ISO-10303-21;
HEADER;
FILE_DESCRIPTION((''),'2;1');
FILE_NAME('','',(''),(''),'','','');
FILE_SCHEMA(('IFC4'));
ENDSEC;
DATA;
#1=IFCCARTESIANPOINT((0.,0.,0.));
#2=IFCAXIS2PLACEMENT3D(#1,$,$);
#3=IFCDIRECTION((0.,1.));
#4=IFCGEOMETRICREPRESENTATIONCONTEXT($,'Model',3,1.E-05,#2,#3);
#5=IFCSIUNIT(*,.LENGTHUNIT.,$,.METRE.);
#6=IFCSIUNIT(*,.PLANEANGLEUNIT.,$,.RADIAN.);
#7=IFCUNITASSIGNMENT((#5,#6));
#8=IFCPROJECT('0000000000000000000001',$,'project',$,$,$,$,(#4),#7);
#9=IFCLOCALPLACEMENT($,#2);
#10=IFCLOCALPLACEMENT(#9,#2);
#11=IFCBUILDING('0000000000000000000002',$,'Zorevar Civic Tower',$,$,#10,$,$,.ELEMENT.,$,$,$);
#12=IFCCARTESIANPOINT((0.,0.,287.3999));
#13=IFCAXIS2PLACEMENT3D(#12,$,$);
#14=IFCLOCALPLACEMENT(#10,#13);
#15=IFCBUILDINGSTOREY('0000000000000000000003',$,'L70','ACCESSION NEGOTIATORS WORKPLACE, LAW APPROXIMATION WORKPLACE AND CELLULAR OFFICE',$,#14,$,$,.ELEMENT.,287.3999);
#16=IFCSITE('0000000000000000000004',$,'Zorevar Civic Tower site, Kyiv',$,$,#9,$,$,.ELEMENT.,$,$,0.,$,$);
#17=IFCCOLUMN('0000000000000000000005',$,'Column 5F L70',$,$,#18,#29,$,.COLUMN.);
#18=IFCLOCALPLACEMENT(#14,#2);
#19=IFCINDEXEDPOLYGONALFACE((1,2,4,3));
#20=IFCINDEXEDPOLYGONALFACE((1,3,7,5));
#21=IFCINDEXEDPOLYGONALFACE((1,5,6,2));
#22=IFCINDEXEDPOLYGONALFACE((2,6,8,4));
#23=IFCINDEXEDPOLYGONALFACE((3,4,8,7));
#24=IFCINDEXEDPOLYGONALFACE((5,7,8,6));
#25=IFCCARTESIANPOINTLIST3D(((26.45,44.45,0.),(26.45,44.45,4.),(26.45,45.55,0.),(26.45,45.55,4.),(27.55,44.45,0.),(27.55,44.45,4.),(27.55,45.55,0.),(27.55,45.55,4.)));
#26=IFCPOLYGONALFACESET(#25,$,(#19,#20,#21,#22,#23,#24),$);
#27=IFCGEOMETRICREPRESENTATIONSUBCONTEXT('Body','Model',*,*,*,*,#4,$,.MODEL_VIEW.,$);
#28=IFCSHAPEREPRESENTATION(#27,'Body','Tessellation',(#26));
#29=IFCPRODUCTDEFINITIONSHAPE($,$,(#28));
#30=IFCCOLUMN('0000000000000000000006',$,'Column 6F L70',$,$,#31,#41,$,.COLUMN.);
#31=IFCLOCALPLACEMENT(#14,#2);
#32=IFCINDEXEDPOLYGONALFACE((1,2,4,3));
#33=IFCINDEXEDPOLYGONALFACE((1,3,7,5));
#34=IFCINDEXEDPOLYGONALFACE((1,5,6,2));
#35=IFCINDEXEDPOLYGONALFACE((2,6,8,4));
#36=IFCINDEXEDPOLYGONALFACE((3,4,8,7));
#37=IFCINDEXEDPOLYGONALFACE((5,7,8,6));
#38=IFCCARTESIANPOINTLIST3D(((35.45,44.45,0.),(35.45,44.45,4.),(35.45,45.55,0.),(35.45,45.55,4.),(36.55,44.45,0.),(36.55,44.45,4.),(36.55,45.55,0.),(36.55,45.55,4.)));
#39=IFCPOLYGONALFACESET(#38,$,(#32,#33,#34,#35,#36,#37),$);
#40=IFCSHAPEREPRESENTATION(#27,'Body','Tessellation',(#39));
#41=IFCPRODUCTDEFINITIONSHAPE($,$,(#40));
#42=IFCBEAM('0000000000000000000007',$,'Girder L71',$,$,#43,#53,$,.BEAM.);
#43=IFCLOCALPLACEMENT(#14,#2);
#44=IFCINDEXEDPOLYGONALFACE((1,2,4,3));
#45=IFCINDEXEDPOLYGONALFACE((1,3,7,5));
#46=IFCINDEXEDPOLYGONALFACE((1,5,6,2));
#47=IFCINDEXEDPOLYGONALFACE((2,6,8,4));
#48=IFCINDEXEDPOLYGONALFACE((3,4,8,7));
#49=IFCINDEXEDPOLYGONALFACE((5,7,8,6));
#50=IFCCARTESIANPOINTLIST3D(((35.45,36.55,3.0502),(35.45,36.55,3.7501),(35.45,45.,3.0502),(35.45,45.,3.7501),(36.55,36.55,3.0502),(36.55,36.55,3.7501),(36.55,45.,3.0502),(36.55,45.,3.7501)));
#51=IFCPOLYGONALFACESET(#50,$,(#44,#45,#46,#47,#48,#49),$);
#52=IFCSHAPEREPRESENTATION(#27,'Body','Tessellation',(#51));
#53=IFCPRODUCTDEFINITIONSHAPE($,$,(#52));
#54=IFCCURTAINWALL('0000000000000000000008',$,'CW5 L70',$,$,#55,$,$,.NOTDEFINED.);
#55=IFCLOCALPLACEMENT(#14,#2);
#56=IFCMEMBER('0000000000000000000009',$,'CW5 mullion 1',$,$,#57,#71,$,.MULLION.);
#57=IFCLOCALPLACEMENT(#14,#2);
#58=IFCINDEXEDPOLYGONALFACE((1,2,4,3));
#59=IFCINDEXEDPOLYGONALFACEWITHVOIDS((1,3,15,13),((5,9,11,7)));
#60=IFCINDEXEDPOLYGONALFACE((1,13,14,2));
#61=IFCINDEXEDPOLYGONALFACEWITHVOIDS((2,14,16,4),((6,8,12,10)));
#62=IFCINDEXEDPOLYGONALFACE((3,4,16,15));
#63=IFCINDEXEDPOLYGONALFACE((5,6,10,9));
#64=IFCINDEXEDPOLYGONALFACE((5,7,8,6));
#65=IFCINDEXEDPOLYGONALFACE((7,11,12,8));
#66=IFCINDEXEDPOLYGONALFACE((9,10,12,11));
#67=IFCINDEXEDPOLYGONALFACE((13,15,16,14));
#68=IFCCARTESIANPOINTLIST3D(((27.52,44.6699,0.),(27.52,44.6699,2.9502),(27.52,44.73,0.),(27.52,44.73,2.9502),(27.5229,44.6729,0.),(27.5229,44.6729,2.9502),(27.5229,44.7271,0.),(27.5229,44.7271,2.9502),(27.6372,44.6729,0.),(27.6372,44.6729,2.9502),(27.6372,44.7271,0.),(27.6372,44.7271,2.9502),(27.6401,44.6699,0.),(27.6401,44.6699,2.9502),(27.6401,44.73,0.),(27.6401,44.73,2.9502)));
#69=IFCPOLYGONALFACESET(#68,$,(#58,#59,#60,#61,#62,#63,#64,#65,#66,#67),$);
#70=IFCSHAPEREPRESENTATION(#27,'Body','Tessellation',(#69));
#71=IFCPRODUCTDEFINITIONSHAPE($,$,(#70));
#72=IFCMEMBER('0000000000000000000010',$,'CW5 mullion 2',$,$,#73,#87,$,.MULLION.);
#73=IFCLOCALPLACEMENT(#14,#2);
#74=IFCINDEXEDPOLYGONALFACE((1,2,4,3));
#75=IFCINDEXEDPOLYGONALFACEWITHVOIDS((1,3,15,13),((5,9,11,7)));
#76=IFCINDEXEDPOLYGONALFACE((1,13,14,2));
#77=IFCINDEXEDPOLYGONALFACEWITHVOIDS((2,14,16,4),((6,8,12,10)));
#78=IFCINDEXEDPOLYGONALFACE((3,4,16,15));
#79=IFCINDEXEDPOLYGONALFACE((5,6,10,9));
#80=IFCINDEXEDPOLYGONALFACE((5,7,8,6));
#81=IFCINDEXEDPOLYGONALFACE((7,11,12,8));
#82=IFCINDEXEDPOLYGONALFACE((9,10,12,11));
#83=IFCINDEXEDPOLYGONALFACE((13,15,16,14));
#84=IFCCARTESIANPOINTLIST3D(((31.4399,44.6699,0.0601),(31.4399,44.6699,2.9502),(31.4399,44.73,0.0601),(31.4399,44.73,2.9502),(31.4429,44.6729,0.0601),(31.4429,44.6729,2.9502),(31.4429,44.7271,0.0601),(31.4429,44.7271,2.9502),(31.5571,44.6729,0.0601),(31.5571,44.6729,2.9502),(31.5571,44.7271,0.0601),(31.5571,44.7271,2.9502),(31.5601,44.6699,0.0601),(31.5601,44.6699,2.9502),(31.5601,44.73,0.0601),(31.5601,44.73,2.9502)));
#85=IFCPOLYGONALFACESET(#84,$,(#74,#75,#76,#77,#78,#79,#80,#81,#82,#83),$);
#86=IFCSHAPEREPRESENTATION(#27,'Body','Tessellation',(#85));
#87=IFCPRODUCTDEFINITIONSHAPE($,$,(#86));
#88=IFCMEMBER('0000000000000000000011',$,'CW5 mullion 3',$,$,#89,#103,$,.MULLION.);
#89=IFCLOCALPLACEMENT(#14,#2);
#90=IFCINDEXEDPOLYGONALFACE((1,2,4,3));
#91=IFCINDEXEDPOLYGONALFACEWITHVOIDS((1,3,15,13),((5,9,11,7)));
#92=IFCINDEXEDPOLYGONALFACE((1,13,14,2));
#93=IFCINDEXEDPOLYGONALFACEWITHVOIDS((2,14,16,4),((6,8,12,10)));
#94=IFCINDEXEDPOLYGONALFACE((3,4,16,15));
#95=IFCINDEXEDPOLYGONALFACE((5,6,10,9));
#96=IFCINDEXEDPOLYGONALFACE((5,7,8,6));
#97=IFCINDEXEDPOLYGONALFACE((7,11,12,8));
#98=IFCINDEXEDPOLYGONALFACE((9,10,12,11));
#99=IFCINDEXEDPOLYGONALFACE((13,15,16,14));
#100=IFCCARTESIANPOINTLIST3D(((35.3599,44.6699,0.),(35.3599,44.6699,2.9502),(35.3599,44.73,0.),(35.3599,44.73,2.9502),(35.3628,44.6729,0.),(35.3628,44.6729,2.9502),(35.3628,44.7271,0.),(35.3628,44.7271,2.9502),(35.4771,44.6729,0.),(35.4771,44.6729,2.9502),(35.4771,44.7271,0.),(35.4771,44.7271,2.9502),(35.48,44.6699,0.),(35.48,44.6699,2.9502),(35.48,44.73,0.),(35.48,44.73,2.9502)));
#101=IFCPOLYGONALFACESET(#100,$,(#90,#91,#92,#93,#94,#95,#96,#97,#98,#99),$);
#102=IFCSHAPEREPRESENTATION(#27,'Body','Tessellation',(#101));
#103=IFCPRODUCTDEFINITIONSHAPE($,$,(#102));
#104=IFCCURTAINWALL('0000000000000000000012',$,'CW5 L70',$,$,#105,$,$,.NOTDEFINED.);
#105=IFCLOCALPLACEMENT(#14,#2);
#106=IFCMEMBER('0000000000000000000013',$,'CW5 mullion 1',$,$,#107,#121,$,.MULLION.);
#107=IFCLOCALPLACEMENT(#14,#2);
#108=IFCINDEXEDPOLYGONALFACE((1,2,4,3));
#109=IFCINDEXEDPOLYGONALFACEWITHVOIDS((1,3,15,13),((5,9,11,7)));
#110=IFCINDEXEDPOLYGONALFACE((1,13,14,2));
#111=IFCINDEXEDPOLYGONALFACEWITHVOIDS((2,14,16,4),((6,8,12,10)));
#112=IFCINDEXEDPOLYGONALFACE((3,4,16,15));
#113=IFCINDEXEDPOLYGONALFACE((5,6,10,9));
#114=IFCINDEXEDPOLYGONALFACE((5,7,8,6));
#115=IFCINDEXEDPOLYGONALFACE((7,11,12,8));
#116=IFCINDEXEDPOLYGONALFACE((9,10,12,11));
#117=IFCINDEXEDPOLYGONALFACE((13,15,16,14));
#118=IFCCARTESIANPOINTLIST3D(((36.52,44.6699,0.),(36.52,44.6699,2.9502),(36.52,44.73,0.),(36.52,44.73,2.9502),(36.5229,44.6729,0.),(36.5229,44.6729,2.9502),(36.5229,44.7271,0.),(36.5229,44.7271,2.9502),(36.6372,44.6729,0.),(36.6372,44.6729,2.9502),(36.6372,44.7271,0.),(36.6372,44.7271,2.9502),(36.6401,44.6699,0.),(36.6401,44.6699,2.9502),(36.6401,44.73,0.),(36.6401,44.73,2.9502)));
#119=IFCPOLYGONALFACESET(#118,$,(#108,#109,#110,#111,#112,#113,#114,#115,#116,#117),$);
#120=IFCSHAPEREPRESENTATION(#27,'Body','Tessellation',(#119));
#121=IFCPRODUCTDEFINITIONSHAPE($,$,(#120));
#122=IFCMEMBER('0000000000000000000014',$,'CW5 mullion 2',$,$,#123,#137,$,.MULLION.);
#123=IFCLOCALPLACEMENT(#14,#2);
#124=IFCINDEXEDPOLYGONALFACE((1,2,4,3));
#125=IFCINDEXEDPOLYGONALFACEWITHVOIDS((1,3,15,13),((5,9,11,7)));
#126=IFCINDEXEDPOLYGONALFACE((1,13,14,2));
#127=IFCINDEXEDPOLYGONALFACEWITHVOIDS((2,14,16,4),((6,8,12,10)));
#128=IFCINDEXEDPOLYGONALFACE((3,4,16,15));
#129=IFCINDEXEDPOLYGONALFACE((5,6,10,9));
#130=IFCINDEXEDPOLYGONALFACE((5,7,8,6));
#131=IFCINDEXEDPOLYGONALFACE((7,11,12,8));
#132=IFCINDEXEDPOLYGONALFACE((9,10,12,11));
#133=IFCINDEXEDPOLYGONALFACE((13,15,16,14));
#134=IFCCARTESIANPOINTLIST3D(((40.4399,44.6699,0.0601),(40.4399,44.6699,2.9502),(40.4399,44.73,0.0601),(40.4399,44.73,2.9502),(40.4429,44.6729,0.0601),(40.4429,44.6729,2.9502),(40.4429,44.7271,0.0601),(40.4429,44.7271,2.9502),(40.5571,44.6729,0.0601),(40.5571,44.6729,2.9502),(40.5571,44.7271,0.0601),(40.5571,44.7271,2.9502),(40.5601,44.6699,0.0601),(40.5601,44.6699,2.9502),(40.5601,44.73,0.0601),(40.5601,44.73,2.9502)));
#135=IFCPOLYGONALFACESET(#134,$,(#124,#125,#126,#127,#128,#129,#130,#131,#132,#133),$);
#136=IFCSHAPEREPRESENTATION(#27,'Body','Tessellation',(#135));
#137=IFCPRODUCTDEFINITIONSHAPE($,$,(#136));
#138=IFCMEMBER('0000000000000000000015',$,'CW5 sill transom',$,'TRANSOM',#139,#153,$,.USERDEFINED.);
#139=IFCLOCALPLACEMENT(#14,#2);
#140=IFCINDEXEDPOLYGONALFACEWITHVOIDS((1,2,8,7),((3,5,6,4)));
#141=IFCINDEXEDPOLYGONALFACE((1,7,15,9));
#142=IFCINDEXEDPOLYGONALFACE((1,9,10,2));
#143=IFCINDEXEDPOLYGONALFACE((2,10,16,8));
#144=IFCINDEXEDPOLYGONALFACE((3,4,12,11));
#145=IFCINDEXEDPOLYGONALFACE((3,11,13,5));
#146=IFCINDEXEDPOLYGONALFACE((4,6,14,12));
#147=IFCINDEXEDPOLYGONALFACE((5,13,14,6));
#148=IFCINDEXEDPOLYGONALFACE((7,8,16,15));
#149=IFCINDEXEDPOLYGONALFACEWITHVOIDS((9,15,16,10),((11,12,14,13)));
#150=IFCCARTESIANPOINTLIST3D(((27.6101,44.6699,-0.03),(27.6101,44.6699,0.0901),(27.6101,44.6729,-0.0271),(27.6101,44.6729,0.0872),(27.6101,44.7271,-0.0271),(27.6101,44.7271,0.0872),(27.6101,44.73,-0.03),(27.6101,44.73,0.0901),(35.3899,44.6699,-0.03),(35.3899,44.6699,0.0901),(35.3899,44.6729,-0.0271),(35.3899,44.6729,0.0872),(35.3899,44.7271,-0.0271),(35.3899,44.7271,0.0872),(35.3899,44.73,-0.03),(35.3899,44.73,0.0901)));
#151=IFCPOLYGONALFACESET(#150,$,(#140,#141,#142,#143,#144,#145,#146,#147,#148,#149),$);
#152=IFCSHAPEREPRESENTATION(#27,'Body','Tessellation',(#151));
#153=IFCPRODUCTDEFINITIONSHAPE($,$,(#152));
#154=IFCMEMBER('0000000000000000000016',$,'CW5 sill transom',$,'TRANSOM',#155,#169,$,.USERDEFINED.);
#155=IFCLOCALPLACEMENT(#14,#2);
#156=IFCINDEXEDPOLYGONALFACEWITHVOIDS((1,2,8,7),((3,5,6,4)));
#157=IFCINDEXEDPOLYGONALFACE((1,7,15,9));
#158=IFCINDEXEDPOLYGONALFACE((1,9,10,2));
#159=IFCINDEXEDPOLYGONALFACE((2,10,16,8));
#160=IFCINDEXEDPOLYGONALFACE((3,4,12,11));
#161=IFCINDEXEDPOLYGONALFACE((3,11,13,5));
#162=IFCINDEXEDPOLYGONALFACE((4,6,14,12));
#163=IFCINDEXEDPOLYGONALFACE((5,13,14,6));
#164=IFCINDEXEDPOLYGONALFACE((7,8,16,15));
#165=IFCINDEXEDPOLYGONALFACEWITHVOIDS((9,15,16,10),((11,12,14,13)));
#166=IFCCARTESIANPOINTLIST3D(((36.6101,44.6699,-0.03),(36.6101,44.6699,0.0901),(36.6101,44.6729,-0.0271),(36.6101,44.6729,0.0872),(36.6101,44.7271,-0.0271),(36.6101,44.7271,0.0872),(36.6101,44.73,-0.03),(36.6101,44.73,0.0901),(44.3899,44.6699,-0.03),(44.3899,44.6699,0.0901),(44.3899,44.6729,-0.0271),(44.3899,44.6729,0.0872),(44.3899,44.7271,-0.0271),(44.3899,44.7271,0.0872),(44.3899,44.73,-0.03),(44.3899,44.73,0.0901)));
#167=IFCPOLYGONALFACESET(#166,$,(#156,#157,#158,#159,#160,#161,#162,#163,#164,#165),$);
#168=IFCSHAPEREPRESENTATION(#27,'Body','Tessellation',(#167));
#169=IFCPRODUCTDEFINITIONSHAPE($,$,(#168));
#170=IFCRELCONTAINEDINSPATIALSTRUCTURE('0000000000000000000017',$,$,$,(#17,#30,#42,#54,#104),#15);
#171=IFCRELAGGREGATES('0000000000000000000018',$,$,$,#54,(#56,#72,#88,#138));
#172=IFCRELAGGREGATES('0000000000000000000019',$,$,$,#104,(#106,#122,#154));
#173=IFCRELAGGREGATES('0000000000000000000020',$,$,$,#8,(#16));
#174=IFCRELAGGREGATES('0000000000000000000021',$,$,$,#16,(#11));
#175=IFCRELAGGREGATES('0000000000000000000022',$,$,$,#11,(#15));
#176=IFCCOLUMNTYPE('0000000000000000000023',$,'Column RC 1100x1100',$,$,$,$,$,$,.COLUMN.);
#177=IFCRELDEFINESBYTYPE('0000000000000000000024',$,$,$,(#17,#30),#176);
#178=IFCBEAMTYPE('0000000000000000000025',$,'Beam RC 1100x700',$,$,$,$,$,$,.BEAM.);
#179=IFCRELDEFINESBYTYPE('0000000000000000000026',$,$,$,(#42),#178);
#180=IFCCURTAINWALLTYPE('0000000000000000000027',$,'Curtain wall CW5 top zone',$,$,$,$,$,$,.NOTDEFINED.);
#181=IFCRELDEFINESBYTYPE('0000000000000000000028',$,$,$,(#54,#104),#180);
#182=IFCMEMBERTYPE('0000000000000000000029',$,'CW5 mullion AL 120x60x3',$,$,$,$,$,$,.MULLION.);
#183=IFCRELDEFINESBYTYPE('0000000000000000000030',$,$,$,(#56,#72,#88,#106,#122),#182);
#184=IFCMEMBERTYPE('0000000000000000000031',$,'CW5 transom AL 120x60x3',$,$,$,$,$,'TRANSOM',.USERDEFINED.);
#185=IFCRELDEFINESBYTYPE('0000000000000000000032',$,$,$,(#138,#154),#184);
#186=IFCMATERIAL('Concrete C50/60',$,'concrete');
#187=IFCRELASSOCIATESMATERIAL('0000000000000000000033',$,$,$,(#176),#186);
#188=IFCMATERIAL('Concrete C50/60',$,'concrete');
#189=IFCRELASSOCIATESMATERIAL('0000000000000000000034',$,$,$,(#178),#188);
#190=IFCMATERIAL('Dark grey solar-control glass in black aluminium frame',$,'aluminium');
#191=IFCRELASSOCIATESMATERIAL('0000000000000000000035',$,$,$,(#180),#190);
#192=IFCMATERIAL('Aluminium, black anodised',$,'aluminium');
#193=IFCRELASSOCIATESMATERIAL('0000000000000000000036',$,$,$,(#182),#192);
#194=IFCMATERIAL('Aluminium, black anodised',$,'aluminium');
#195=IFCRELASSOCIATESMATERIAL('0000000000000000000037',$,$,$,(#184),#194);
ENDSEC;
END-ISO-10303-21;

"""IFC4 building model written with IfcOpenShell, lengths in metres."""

from ifc_helpers import new_model, si_unit, direction, frame, origin, origin_2d, place, context, subcontext, project, spatial, rectangle, hollow_rectangle, extrude, material, material_profile, profile_set, type_object, element, aggregate, save


model = new_model("IFC4")

# Units and contexts
model_context = context("Model", 3, precision=1e-05, world=origin(), true_north=direction((0.0, 1.0)))
body_context = subcontext(model_context, "Body", "Model", "MODEL_VIEW")
ifc_project = project(units=[si_unit("LENGTHUNIT", "METRE"), si_unit("PLANEANGLEUNIT", "RADIAN")], contexts=[model_context])

# Site, building, storey
site_placement = place(None, origin())
site = spatial("IfcSite", under=ifc_project, at=site_placement, Name="Zorevar Civic Tower site, Kyiv", CompositionType="ELEMENT", RefElevation=0.0)
building_placement = place(site_placement, origin())
building = spatial("IfcBuilding", under=site, at=building_placement, Name="Zorevar Civic Tower", CompositionType="ELEMENT")
storey_placement = place(building_placement, frame((0.0, 0.0, 287.3999)))
storey = spatial("IfcBuildingStorey", under=building, at=storey_placement, Name="L70", Description="ACCESSION NEGOTIATORS WORKPLACE, LAW APPROXIMATION WORKPLACE AND CELLULAR OFFICE", CompositionType="ELEMENT", Elevation=287.3999)

# Columns
ifc_material_1 = material(Name="Concrete C50/60", Category="concrete")
ifc_material_profile_1 = material_profile(ifc_material_1, rectangle(XDim=1.1001, YDim=1.1001, at=origin_2d()), Name="RC 1100x1100")
ifc_profile_set_1 = profile_set([ifc_material_profile_1], Name="Concrete C50/60")
column_type = type_object("IfcColumnType", Name="Column RC 1100x1100", PredefinedType="COLUMN", material=ifc_profile_set_1)
for number, where, z_axis, x_axis, name in (
    (1, (27.0, 45.0, 0.0), (0.0, 0.0, 1.0), (1.0, 0.0, 0.0), "Column 5F L70"),
    (2, (36.0, 45.0, 0.0), (0.0, 0.0, 1.0), (1.0, 0.0, 0.0), "Column 6F L70"),
):
    element("IfcColumn", number, at=place(storey_placement, frame(where, z_axis=z_axis, x_axis=x_axis)), inside=storey, type_object=column_type, Name=name, PredefinedType="COLUMN", context=body_context, shape_type="SweptSolid", body=[
        extrude(rectangle(XDim=1.1001, YDim=1.1001, at=origin_2d()), origin(), (0.0, 0.0, 1.0), 4.0),
    ])

# Beam
ifc_material_2 = material(Name="Concrete C50/60", Category="concrete")
ifc_material_profile_2 = material_profile(ifc_material_2, rectangle(XDim=1.1001, YDim=0.7, at=origin_2d()), Name="RC 1100x700")
ifc_profile_set_2 = profile_set([ifc_material_profile_2], Name="Concrete C50/60")
beam_type_1 = type_object("IfcBeamType", Name="Beam RC 1100x700", PredefinedType="BEAM", material=ifc_profile_set_2)
beam_placement = place(storey_placement, frame((36.0, 36.55, 3.4001), z_axis=(0.0, 1.0, 0.0), x_axis=(-1.0, 0.0, 0.0)))
element("IfcBeam", 3, at=beam_placement, inside=storey, type_object=beam_type_1, Name="Girder L71", PredefinedType="BEAM", context=body_context, shape_type="SweptSolid", body=[
    extrude(rectangle(XDim=1.1001, YDim=0.7, at=origin_2d()), origin(), (0.0, 0.0, 1.0), 8.45),
])

# Curtain walls, members
ifc_material_3 = material(Name="Dark grey solar-control glass in black aluminium frame", Category="aluminium")
curtain_wall_type = type_object("IfcCurtainWallType", Name="Curtain wall CW5 top zone", PredefinedType="NOTDEFINED", material=ifc_material_3)
curtain_wall_1_placement = place(storey_placement, origin())
curtain_wall_1 = element("IfcCurtainWall", 4, at=curtain_wall_1_placement, inside=storey, type_object=curtain_wall_type, Name="CW5 L70", PredefinedType="NOTDEFINED")
ifc_material_4 = material(Name="Aluminium, black anodised", Category="aluminium")
ifc_material_profile_3 = material_profile(ifc_material_4, hollow_rectangle(XDim=0.0601, YDim=0.1201, WallThickness=0.0029, at=origin_2d()), Name="AL 120x60x3")
ifc_profile_set_3 = profile_set([ifc_material_profile_3], Name="Aluminium, black anodised")
member_type_1 = type_object("IfcMemberType", Name="CW5 mullion AL 120x60x3", PredefinedType="MULLION", material=ifc_profile_set_3)
member_1_placement = place(storey_placement, frame((27.5801, 44.7, 0.0), z_axis=(0.0, 0.0, 1.0), x_axis=(0.0, 1.0, 0.0)))
member_1 = element("IfcMember", 5, at=member_1_placement, type_object=member_type_1, Name="CW5 mullion 1", PredefinedType="MULLION", context=body_context, shape_type="SweptSolid", body=[
    extrude(hollow_rectangle(XDim=0.0601, YDim=0.1201, WallThickness=0.0029, at=origin_2d()), origin(), (0.0, 0.0, 1.0), 2.9502),
])
member_2_placement = place(storey_placement, frame((31.5, 44.7, 0.0601), z_axis=(0.0, 0.0, 1.0), x_axis=(0.0, 1.0, 0.0)))
member_2 = element("IfcMember", 6, at=member_2_placement, type_object=member_type_1, Name="CW5 mullion 2", PredefinedType="MULLION", context=body_context, shape_type="SweptSolid", body=[
    extrude(hollow_rectangle(XDim=0.0601, YDim=0.1201, WallThickness=0.0029, at=origin_2d()), origin(), (0.0, 0.0, 1.0), 2.8901),
])
member_3_placement = place(storey_placement, frame((35.4199, 44.7, 0.0), z_axis=(0.0, 0.0, 1.0), x_axis=(0.0, 1.0, 0.0)))
member_3 = element("IfcMember", 7, at=member_3_placement, type_object=member_type_1, Name="CW5 mullion 3", PredefinedType="MULLION", context=body_context, shape_type="SweptSolid", body=[
    extrude(hollow_rectangle(XDim=0.0601, YDim=0.1201, WallThickness=0.0029, at=origin_2d()), origin(), (0.0, 0.0, 1.0), 2.9502),
])
curtain_wall_2_placement = place(storey_placement, origin())
curtain_wall_2 = element("IfcCurtainWall", 8, at=curtain_wall_2_placement, inside=storey, type_object=curtain_wall_type, Name="CW5 L70", PredefinedType="NOTDEFINED")
member_4_placement = place(storey_placement, frame((36.5801, 44.7, 0.0), z_axis=(0.0, 0.0, 1.0), x_axis=(0.0, 1.0, 0.0)))
member_4 = element("IfcMember", 9, at=member_4_placement, type_object=member_type_1, Name="CW5 mullion 1", PredefinedType="MULLION", context=body_context, shape_type="SweptSolid", body=[
    extrude(hollow_rectangle(XDim=0.0601, YDim=0.1201, WallThickness=0.0029, at=origin_2d()), origin(), (0.0, 0.0, 1.0), 2.9502),
])
member_5_placement = place(storey_placement, frame((40.5, 44.7, 0.0601), z_axis=(0.0, 0.0, 1.0), x_axis=(0.0, 1.0, 0.0)))
member_5 = element("IfcMember", 10, at=member_5_placement, type_object=member_type_1, Name="CW5 mullion 2", PredefinedType="MULLION", context=body_context, shape_type="SweptSolid", body=[
    extrude(hollow_rectangle(XDim=0.0601, YDim=0.1201, WallThickness=0.0029, at=origin_2d()), origin(), (0.0, 0.0, 1.0), 2.8901),
])

# Members
ifc_material_5 = material(Name="Aluminium, black anodised", Category="aluminium")
ifc_material_profile_4 = material_profile(ifc_material_5, hollow_rectangle(XDim=0.0601, YDim=0.1201, WallThickness=0.0029, at=origin_2d()), Name="AL 120x60x3")
ifc_profile_set_4 = profile_set([ifc_material_profile_4], Name="Aluminium, black anodised")
member_type_2 = type_object("IfcMemberType", Name="CW5 transom AL 120x60x3", ElementType="TRANSOM", PredefinedType="USERDEFINED", material=ifc_profile_set_4)
member_6_placement = place(storey_placement, frame((27.6101, 44.7, 0.03), z_axis=(1.0, 0.0, 0.0), x_axis=(0.0, 1.0, 0.0)))
member_6 = element("IfcMember", 11, at=member_6_placement, type_object=member_type_2, Name="CW5 sill transom", ObjectType="TRANSOM", PredefinedType="USERDEFINED", context=body_context, shape_type="SweptSolid", body=[
    extrude(hollow_rectangle(XDim=0.0601, YDim=0.1201, WallThickness=0.0029, at=origin_2d()), origin(), (0.0, 0.0, 1.0), 7.7798),
])
member_7_placement = place(storey_placement, frame((36.6101, 44.7, 0.03), z_axis=(1.0, 0.0, 0.0), x_axis=(0.0, 1.0, 0.0)))
member_7 = element("IfcMember", 12, at=member_7_placement, type_object=member_type_2, Name="CW5 sill transom", ObjectType="TRANSOM", PredefinedType="USERDEFINED", context=body_context, shape_type="SweptSolid", body=[
    extrude(hollow_rectangle(XDim=0.0601, YDim=0.1201, WallThickness=0.0029, at=origin_2d()), origin(), (0.0, 0.0, 1.0), 7.7798),
])

aggregate(curtain_wall_1, [member_1, member_2, member_3, member_6])
aggregate(curtain_wall_2, [member_4, member_5, member_7])

save(model, "model.ifc")
